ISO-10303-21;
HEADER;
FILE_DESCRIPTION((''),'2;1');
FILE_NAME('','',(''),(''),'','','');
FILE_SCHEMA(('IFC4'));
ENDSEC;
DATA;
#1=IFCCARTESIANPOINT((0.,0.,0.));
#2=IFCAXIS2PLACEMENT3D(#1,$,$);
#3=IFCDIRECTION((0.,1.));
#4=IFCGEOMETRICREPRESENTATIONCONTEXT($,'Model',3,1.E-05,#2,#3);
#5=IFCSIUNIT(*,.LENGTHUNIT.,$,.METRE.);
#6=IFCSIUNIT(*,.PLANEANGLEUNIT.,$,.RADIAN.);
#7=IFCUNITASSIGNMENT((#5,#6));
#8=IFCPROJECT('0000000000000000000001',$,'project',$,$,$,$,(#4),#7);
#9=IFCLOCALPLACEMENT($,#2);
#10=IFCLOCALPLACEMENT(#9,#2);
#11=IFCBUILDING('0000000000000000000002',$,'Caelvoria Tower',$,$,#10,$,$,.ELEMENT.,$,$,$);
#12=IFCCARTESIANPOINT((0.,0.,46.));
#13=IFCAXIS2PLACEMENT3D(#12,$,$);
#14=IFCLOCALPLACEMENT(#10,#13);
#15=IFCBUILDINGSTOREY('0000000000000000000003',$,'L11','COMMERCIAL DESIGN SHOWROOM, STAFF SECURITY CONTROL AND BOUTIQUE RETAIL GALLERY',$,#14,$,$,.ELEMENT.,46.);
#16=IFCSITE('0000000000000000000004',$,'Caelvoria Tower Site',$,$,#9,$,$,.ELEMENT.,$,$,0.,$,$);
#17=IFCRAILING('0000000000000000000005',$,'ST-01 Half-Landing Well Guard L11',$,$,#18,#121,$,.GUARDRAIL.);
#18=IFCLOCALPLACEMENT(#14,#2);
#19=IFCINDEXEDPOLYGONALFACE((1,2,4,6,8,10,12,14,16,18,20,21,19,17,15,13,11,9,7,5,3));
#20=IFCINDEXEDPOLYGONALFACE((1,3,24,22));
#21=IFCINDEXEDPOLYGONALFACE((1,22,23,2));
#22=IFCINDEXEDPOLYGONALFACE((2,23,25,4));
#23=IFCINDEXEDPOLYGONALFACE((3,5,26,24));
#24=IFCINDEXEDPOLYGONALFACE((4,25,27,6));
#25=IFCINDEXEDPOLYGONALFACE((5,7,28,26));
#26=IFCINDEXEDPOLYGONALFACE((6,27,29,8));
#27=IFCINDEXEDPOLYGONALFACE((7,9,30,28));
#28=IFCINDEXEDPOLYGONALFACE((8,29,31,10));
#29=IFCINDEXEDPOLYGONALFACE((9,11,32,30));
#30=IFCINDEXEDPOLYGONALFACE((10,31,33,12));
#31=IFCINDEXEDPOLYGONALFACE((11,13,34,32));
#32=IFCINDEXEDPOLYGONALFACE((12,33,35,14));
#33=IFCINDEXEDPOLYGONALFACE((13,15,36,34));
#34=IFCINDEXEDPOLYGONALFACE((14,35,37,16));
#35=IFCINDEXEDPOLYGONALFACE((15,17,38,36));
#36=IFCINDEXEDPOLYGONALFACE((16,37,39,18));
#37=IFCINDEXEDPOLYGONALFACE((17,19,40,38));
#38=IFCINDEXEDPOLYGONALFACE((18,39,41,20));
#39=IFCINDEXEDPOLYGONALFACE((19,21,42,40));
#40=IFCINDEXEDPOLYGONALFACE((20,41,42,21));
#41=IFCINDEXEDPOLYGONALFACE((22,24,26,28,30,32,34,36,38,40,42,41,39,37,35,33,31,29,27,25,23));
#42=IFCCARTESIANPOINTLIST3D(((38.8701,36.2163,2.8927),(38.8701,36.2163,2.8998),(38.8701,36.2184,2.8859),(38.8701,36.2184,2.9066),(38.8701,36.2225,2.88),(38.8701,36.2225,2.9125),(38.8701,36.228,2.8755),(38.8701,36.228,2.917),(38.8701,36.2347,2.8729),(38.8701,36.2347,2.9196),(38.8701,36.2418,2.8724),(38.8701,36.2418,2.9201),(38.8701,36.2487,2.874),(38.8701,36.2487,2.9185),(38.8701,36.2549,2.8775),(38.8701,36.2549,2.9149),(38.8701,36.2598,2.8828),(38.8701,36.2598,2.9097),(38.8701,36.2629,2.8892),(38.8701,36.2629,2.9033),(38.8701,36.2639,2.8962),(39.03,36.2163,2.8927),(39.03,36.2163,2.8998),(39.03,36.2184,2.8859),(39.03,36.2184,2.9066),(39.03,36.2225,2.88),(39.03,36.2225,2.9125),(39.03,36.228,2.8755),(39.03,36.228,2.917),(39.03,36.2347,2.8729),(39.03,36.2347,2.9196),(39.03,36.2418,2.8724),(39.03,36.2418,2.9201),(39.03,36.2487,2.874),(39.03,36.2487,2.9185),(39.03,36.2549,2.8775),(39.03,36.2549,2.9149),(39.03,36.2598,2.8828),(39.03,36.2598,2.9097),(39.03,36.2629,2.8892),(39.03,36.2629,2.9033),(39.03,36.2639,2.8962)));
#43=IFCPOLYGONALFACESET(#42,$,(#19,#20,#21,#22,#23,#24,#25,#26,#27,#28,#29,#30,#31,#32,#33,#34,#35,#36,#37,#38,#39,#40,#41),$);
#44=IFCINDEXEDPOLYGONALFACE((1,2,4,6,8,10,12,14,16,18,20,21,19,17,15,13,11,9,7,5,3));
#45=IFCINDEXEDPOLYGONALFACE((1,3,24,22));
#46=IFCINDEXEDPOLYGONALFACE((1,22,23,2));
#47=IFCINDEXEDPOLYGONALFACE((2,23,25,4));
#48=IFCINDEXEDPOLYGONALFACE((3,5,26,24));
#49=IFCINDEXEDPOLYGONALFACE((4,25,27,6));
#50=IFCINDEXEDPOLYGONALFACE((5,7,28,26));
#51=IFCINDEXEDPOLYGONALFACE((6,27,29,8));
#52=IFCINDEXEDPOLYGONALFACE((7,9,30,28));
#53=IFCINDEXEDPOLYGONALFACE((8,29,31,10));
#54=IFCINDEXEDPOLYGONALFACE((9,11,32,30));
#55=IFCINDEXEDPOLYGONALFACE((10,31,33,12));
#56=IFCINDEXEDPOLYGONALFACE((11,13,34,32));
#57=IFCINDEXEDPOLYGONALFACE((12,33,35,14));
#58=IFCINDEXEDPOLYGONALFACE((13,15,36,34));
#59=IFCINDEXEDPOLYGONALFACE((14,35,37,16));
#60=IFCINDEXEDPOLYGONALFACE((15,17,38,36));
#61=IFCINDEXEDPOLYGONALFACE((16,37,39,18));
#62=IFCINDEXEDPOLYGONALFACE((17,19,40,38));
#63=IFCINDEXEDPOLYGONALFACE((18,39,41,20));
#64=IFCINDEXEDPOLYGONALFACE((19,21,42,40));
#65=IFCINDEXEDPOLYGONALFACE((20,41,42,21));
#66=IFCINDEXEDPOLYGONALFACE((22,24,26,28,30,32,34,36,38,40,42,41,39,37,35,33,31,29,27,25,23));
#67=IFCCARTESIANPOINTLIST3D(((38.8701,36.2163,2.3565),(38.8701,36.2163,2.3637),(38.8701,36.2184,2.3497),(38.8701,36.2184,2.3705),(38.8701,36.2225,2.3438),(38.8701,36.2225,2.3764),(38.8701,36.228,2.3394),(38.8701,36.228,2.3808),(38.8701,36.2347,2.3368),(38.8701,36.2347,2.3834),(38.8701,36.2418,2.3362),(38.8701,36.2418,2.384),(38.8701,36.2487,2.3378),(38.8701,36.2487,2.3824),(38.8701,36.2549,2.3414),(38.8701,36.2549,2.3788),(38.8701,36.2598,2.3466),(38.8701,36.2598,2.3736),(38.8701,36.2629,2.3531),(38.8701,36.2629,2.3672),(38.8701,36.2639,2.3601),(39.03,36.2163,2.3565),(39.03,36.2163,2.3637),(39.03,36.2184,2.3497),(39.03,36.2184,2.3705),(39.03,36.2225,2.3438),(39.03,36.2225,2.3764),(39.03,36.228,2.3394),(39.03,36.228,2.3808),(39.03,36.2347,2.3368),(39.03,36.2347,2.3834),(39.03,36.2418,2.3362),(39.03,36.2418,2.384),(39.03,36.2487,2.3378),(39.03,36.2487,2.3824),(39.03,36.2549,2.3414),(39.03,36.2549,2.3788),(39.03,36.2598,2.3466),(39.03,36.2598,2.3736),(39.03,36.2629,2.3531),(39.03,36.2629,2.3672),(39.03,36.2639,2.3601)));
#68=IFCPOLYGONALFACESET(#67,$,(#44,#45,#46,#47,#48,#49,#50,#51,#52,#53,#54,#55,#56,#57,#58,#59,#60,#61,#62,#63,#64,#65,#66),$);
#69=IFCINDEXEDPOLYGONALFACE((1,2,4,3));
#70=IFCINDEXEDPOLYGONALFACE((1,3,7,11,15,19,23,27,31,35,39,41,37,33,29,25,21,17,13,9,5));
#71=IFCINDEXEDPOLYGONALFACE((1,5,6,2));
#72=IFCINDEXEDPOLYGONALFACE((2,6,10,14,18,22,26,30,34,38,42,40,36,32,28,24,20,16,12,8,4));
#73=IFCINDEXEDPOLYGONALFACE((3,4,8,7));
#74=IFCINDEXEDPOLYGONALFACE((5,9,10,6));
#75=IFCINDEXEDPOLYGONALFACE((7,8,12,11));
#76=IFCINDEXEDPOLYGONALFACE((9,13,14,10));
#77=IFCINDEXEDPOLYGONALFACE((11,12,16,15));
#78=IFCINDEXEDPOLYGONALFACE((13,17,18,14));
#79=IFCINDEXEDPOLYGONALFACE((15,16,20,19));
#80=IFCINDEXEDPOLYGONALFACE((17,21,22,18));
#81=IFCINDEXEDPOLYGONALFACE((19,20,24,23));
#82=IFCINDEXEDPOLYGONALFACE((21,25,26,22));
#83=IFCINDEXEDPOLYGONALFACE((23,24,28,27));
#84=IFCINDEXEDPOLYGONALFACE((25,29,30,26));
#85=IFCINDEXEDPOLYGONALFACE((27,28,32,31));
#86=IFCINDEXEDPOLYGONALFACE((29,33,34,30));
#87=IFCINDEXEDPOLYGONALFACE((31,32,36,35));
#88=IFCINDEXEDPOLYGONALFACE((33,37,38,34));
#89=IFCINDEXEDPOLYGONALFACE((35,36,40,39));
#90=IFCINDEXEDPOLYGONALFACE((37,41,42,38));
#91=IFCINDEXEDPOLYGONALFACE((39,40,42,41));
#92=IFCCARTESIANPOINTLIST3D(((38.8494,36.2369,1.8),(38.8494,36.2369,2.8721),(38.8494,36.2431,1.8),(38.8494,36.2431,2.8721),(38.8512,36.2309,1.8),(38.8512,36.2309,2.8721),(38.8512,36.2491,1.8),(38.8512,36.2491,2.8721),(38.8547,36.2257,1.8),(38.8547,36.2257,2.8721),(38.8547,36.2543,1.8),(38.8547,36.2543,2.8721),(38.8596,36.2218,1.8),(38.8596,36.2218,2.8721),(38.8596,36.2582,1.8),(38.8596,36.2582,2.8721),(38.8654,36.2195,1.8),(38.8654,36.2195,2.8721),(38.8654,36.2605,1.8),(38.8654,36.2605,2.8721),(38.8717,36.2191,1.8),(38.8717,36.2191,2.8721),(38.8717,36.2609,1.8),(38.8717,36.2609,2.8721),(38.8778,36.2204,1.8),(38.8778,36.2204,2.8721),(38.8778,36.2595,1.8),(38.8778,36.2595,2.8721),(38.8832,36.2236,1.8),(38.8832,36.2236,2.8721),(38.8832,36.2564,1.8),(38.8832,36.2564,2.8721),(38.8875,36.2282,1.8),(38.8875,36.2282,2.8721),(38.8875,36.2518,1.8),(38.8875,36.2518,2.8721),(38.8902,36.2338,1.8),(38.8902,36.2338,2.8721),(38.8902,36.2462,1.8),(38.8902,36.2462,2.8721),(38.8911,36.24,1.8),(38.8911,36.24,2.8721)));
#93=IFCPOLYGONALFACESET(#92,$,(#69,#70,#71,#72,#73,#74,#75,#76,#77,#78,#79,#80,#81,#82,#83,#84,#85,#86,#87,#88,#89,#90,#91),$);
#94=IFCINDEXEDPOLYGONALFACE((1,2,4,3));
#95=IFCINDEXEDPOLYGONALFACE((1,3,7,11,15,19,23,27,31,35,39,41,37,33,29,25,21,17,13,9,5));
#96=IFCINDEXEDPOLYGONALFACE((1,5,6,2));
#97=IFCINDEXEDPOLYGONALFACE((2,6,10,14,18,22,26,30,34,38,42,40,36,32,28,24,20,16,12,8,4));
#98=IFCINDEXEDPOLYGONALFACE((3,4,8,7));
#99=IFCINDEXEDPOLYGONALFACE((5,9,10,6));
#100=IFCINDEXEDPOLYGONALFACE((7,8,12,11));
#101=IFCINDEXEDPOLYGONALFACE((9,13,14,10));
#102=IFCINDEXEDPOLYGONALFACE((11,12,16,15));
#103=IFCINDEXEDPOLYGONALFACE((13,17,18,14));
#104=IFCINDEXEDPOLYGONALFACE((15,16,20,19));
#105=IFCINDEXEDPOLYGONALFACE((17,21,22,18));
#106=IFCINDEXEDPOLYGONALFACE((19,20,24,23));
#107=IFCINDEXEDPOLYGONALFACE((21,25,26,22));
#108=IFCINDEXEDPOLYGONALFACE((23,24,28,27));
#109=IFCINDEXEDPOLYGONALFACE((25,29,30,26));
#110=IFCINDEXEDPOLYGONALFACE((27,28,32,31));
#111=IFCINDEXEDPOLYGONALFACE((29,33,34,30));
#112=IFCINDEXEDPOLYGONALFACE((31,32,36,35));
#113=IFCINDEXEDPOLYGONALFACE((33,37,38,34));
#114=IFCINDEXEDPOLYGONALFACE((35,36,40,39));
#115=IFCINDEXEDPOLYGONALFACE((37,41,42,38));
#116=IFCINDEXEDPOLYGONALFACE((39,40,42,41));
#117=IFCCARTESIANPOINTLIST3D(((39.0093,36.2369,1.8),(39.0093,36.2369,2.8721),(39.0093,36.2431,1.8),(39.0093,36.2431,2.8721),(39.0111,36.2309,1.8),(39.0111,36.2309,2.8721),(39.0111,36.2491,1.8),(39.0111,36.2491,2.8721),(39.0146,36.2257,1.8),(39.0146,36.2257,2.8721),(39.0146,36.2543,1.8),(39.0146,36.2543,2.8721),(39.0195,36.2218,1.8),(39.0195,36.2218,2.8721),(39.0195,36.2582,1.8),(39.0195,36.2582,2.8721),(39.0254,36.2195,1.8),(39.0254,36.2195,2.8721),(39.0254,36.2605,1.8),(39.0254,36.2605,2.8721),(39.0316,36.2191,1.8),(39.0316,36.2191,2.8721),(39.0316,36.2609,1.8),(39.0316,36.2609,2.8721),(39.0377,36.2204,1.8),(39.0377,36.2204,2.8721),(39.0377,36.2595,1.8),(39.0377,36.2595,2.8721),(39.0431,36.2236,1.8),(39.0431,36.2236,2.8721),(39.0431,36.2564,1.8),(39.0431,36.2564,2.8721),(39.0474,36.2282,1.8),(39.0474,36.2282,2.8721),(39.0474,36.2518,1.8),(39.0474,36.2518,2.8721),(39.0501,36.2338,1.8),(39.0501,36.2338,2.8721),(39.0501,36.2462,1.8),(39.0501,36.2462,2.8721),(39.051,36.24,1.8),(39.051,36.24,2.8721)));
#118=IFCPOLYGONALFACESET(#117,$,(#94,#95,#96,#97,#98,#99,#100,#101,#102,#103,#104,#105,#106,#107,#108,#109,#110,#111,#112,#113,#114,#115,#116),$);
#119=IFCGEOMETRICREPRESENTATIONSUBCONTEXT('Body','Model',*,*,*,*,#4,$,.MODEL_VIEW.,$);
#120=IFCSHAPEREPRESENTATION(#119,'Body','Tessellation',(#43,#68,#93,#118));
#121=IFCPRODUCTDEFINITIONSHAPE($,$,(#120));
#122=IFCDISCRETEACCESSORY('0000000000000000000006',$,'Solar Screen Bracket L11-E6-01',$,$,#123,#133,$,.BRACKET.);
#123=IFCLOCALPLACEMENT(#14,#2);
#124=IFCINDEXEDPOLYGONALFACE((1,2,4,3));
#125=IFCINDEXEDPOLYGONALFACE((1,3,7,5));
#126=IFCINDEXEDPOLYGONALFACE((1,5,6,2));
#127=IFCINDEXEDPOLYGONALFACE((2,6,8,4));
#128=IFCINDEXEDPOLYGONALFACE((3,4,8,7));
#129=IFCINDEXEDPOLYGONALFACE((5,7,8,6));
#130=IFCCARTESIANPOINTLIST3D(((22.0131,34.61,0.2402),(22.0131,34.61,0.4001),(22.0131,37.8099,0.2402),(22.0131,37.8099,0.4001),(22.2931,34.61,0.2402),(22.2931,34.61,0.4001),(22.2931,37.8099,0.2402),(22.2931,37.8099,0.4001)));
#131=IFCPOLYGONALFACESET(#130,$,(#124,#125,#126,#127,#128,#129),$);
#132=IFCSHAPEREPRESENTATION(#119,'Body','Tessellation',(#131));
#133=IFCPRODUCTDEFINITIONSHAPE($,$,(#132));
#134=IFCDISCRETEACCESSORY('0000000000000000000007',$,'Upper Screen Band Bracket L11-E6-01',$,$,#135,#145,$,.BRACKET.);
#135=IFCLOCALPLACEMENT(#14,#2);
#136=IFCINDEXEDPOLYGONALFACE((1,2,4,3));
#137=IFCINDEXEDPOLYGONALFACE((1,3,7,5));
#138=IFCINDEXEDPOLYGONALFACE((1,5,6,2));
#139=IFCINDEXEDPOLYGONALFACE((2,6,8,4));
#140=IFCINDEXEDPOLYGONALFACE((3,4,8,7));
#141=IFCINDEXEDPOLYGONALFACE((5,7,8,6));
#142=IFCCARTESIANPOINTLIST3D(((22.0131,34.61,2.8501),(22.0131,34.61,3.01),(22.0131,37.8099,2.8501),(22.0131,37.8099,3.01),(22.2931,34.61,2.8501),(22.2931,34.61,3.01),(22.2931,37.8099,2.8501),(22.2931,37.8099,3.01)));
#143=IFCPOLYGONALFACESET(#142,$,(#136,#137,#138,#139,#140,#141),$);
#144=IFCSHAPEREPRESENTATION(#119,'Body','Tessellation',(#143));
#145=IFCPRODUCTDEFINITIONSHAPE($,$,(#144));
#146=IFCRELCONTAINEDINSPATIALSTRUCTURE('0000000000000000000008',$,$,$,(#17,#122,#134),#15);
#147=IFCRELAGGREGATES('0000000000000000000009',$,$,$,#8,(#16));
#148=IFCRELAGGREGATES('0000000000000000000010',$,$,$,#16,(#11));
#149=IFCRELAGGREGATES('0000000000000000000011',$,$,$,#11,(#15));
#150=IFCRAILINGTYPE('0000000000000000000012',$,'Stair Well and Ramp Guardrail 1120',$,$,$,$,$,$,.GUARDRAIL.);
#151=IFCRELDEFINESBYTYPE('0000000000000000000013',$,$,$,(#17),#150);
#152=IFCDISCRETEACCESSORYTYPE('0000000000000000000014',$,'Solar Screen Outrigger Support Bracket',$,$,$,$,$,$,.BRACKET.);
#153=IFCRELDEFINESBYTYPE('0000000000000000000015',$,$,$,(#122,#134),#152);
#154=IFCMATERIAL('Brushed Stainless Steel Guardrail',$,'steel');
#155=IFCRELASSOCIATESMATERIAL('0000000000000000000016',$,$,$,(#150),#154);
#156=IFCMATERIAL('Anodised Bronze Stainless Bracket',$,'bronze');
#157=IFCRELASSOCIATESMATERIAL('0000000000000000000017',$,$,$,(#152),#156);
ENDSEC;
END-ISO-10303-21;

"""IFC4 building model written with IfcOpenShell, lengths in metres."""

from ifc_helpers import new_model, si_unit, direction, frame, origin, origin_2d, place, context, subcontext, project, spatial, rectangle, circle, extrude, material, type_object, element, save


model = new_model("IFC4")

# Units and contexts
model_context = context("Model", 3, precision=1e-05, world=origin(), true_north=direction((0.0, 1.0)))
body_context = subcontext(model_context, "Body", "Model", "MODEL_VIEW")
ifc_project = project(units=[si_unit("LENGTHUNIT", "METRE"), si_unit("PLANEANGLEUNIT", "RADIAN")], contexts=[model_context])

# Site, building, storey
site_placement = place(None, origin())
site = spatial("IfcSite", under=ifc_project, at=site_placement, Name="Caelvoria Tower Site", CompositionType="ELEMENT", RefElevation=0.0)
building_placement = place(site_placement, origin())
building = spatial("IfcBuilding", under=site, at=building_placement, Name="Caelvoria Tower", CompositionType="ELEMENT")
storey_placement = place(building_placement, frame((0.0, 0.0, 46.0)))
storey = spatial("IfcBuildingStorey", under=building, at=storey_placement, Name="L11", Description="COMMERCIAL DESIGN SHOWROOM, STAFF SECURITY CONTROL AND BOUTIQUE RETAIL GALLERY", CompositionType="ELEMENT", Elevation=46.0)

# Railing
ifc_material_1 = material(Name="Brushed Stainless Steel Guardrail", Category="steel")
railing_type_1 = type_object("IfcRailingType", Name="Stair Well and Ramp Guardrail 1120", PredefinedType="GUARDRAIL", material=ifc_material_1)
railing_1_placement = place(storey_placement, frame((38.8701, 36.24, 1.8)))
element("IfcRailing", 1, at=railing_1_placement, inside=storey, type_object=railing_type_1, Name="ST-01 Half-Landing Well Guard L11", PredefinedType="GUARDRAIL", context=body_context, shape_type="SweptSolid", body=[
    extrude(circle(Radius=0.0239, at=origin_2d()), frame((0.0, 0.0, 1.0962), z_axis=(1.0, 0.0, 0.0), x_axis=(0.0, 1.0, 0.0)), (0.0, 0.0, 1.0), 0.1599),
    extrude(circle(Radius=0.0239, at=origin_2d()), frame((0.0, 0.0, 0.5601), z_axis=(1.0, 0.0, 0.0), x_axis=(0.0, 1.0, 0.0)), (0.0, 0.0, 1.0), 0.1599),
    extrude(circle(Radius=0.021, at=origin_2d()), origin(), (0.0, 0.0, 1.0), 1.072),
    extrude(circle(Radius=0.021, at=origin_2d()), frame((0.1599, 0.0, 0.0)), (0.0, 0.0, 1.0), 1.072),
])

# Discrete accessories
ifc_material_2 = material(Name="Anodised Bronze Stainless Bracket", Category="bronze")
discrete_accessory_type = type_object("IfcDiscreteAccessoryType", Name="Solar Screen Outrigger Support Bracket", PredefinedType="BRACKET", material=ifc_material_2)
for number, where, z_axis, x_axis, name in (
    (2, (22.1531, 36.21, 0.2402), (0.0, 0.0, 1.0), (0.0, -1.0, 0.0), "Solar Screen Bracket L11-E6-01"),
    (3, (22.1531, 36.21, 2.8501), (0.0, 0.0, 1.0), (0.0, -1.0, 0.0), "Upper Screen Band Bracket L11-E6-01"),
):
    element("IfcDiscreteAccessory", number, at=place(storey_placement, frame(where, z_axis=z_axis, x_axis=x_axis)), inside=storey, type_object=discrete_accessory_type, Name=name, PredefinedType="BRACKET", context=body_context, shape_type="SweptSolid", body=[
        extrude(rectangle(XDim=3.2, YDim=0.28, at=origin_2d()), origin(), (0.0, 0.0, 1.0), 0.1599),
    ])

save(model, "model.ifc")
